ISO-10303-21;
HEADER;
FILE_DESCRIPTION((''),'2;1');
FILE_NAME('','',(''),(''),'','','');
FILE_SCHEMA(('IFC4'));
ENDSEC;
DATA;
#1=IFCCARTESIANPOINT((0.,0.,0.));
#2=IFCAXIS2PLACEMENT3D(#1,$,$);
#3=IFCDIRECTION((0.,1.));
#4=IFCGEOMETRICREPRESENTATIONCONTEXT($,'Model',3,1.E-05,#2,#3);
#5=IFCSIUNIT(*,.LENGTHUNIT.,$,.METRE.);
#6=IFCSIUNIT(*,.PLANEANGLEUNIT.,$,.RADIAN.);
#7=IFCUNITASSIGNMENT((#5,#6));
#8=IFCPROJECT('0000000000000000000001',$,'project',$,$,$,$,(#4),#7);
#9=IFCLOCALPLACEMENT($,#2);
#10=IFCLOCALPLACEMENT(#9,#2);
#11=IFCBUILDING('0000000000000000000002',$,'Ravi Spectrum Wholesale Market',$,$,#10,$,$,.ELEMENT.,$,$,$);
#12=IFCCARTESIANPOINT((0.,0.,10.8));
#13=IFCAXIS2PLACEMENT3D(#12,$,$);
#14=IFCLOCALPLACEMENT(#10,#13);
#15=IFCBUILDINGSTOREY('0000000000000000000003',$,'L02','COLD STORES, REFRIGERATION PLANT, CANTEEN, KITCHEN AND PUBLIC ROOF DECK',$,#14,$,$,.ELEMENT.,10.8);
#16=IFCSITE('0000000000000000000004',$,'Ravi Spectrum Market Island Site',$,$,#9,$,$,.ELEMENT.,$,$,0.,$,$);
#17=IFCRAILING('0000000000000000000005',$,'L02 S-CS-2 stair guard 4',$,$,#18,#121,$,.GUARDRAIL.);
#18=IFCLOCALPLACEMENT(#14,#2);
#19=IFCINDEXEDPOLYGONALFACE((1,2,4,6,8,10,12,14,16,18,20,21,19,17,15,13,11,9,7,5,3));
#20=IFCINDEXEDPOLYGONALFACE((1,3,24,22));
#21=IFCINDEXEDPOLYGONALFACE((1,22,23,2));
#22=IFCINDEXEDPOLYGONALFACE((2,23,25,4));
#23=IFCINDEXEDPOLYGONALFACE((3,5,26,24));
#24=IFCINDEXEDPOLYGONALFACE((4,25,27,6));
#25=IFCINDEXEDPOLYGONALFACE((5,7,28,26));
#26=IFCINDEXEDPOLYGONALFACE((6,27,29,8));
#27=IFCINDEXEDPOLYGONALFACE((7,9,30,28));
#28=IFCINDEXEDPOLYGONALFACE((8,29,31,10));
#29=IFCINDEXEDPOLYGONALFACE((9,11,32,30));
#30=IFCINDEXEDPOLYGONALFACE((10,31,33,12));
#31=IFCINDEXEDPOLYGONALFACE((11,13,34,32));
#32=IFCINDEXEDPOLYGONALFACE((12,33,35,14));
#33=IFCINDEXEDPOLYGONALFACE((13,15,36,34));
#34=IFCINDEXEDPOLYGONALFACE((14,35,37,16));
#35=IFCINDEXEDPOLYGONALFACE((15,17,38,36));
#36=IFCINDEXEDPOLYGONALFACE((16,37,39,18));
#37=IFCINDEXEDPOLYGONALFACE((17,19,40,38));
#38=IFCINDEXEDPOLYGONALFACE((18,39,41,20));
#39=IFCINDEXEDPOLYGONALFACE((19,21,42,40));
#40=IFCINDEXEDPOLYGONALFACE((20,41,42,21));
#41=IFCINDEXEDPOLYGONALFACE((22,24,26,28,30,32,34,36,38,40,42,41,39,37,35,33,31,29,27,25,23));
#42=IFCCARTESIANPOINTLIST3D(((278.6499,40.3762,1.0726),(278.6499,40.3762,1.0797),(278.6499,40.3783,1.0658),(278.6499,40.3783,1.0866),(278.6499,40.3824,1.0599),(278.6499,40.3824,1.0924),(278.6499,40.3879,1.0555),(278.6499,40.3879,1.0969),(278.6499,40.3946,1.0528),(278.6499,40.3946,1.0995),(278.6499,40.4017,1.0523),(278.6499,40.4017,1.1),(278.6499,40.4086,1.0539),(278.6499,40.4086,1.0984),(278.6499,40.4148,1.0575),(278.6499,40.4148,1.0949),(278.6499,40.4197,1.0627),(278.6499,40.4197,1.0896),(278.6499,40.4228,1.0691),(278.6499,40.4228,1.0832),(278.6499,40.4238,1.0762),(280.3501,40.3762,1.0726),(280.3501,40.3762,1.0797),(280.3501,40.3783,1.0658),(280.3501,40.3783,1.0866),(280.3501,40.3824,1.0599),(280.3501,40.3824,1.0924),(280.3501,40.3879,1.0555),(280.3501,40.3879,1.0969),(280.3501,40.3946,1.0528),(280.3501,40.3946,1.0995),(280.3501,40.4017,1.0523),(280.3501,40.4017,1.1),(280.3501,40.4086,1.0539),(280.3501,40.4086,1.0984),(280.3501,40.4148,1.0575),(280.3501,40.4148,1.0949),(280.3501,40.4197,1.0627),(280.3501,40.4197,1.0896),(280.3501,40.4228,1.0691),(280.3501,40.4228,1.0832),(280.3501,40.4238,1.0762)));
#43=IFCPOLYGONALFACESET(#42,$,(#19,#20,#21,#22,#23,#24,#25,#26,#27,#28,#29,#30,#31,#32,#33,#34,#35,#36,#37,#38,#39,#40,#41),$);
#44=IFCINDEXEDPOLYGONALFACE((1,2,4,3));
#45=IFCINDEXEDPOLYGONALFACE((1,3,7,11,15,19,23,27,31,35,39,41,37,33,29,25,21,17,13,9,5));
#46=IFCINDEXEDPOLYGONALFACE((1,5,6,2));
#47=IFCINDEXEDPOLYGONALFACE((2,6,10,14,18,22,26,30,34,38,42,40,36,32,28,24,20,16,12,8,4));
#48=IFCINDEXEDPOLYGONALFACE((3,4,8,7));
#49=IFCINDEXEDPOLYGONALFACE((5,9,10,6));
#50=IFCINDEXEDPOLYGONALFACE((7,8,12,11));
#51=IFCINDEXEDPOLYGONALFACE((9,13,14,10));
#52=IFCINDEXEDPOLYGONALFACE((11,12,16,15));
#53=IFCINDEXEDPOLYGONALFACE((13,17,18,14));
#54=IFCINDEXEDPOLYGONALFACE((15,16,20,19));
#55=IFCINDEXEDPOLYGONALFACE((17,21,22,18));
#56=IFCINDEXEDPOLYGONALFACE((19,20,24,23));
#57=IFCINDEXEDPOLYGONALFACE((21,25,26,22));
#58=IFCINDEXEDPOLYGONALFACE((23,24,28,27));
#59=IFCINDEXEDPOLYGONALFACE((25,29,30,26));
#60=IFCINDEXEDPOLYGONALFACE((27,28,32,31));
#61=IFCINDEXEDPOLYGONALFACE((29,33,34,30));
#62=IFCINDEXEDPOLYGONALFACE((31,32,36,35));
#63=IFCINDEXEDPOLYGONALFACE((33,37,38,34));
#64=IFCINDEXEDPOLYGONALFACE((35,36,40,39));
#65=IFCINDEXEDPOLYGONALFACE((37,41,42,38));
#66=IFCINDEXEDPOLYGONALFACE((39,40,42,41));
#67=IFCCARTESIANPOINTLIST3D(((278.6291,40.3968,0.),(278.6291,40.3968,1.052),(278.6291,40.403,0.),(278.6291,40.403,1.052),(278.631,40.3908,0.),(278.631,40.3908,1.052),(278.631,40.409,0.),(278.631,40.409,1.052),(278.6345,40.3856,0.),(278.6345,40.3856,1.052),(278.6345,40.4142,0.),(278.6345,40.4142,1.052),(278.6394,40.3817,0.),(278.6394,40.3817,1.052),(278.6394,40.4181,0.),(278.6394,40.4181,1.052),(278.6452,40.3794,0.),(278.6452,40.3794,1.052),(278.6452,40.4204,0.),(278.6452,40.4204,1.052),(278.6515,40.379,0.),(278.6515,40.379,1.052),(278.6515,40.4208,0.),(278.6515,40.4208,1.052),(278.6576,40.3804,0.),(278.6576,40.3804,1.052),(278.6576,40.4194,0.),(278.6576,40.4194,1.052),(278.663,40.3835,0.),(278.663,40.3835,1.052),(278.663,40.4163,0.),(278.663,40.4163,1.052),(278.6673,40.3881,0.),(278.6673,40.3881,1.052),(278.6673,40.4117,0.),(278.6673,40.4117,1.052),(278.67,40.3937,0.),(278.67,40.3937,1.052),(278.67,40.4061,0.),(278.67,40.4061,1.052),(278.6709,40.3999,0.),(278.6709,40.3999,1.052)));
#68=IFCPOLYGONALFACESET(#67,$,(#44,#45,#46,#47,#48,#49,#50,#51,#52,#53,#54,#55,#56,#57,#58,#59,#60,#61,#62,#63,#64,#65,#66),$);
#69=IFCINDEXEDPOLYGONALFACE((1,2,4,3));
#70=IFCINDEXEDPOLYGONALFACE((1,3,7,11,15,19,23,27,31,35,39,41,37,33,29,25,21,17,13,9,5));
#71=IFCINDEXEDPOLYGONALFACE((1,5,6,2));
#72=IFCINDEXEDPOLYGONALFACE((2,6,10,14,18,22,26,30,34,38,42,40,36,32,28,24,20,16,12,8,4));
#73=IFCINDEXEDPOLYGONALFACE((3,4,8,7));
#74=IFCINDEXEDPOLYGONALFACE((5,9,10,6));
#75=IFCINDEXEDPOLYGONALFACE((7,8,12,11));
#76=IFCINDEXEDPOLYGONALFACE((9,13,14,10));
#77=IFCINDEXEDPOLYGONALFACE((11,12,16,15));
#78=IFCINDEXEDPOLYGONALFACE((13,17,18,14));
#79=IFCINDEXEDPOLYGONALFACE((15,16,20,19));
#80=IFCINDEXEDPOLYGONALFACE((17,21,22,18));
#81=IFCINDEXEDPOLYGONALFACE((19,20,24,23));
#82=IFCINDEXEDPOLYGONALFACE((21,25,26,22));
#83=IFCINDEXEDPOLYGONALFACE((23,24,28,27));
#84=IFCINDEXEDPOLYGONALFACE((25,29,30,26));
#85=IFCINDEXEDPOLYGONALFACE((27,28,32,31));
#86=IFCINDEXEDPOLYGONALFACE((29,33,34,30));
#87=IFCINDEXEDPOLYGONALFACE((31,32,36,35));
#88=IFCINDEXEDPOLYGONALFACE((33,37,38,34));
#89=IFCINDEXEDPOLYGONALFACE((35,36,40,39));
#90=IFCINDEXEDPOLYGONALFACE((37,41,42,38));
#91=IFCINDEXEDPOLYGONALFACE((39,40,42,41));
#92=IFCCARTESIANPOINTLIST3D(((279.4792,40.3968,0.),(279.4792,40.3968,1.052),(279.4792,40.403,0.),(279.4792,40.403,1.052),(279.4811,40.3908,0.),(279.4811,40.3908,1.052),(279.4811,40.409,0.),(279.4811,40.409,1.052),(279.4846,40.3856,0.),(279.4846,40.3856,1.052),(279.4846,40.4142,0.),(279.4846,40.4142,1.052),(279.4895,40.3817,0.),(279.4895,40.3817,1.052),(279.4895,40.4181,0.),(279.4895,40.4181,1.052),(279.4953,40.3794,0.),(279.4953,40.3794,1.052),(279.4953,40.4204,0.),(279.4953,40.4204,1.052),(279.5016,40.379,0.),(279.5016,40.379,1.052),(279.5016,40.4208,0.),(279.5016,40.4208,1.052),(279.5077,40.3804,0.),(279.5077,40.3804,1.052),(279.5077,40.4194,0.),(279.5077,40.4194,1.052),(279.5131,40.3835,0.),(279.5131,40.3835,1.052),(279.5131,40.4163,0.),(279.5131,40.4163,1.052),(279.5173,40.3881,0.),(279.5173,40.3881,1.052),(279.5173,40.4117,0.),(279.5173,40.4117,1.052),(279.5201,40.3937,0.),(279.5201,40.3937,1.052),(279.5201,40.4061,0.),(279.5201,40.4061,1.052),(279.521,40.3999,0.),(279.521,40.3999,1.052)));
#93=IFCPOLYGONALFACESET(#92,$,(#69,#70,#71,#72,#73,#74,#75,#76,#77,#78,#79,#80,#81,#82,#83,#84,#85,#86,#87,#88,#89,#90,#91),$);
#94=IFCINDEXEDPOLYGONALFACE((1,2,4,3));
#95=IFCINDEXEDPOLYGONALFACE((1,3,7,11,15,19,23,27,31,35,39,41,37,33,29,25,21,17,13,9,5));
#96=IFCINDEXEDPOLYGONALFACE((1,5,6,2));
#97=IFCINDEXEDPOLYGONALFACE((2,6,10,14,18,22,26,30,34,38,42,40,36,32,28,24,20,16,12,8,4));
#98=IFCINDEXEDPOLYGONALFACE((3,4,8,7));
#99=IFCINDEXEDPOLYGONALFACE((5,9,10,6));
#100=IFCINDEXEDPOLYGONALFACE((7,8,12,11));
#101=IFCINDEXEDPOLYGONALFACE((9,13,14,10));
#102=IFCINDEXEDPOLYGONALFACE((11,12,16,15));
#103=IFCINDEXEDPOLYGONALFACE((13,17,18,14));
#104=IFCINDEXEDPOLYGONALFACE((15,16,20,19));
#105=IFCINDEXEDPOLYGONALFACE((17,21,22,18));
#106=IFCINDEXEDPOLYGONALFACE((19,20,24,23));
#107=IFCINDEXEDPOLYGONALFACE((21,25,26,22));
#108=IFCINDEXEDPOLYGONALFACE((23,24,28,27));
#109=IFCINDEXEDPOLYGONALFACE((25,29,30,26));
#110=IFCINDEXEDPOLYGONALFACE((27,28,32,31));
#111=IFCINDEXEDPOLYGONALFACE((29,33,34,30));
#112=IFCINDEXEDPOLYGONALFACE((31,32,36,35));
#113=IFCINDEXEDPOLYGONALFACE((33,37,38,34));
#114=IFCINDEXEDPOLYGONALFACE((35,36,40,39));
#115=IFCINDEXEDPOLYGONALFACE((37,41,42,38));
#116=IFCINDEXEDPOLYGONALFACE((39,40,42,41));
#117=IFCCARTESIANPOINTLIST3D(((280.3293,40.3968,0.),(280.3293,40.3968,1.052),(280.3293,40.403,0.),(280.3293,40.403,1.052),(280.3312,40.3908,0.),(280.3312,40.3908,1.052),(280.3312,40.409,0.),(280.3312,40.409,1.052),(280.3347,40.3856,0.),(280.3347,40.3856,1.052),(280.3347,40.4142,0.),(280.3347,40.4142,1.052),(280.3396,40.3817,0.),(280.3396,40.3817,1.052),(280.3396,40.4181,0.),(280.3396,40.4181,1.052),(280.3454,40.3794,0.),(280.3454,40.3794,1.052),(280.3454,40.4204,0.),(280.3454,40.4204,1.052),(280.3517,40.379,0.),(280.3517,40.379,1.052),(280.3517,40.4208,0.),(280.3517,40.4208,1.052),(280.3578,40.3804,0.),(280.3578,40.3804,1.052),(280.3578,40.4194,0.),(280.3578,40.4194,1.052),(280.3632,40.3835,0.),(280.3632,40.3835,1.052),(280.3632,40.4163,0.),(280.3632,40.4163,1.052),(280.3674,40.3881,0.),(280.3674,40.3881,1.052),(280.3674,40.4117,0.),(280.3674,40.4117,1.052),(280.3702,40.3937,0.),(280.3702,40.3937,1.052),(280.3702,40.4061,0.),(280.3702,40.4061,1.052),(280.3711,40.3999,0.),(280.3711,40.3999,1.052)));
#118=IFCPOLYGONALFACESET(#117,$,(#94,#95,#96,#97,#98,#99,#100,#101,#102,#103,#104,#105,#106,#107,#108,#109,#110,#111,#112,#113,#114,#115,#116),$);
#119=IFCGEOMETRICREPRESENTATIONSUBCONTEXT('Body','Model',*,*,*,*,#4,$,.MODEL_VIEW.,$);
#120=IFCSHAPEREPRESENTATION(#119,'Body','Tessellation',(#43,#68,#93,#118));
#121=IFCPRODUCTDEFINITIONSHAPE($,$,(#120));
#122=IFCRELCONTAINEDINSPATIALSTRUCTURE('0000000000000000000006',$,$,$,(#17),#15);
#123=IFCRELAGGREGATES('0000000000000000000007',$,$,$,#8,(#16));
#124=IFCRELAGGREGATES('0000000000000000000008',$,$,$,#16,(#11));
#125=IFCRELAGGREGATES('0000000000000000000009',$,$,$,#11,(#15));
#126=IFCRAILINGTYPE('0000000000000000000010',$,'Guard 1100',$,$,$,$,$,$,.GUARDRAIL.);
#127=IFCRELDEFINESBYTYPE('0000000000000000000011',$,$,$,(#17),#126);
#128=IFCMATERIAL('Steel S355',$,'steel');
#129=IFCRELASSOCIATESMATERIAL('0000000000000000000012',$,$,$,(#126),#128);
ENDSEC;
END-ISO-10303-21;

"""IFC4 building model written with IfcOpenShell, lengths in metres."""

from ifc_helpers import new_model, si_unit, direction, frame, origin, origin_2d, place, context, subcontext, project, spatial, circle, extrude, material, type_object, element, save


model = new_model("IFC4")

# Units and contexts
model_context = context("Model", 3, precision=1e-05, world=origin(), true_north=direction((0.0, 1.0)))
body_context = subcontext(model_context, "Body", "Model", "MODEL_VIEW")
ifc_project = project(units=[si_unit("LENGTHUNIT", "METRE"), si_unit("PLANEANGLEUNIT", "RADIAN")], contexts=[model_context])

# Site, building, storey
site_placement = place(None, origin())
site = spatial("IfcSite", under=ifc_project, at=site_placement, Name="Ravi Spectrum Market Island Site", CompositionType="ELEMENT", RefElevation=0.0)
building_placement = place(site_placement, origin())
building = spatial("IfcBuilding", under=site, at=building_placement, Name="Ravi Spectrum Wholesale Market", CompositionType="ELEMENT")
storey_placement = place(building_placement, frame((0.0, 0.0, 10.8)))
storey = spatial("IfcBuildingStorey", under=building, at=storey_placement, Name="L02", Description="COLD STORES, REFRIGERATION PLANT, CANTEEN, KITCHEN AND PUBLIC ROOF DECK", CompositionType="ELEMENT", Elevation=10.8)

# Railing
ifc_material_1 = material(Name="Steel S355", Category="steel")
railing_type_1 = type_object("IfcRailingType", Name="Guard 1100", PredefinedType="GUARDRAIL", material=ifc_material_1)
railing_1_placement = place(storey_placement, frame((278.6499, 40.3999, 0.0)))
element("IfcRailing", 1, at=railing_1_placement, inside=storey, type_object=railing_type_1, Name="L02 S-CS-2 stair guard 4", PredefinedType="GUARDRAIL", context=body_context, shape_type="SweptSolid", body=[
    extrude(circle(Radius=0.0239, at=origin_2d()), frame((0.0, 0.0, 1.0762), z_axis=(1.0, 0.0, 0.0), x_axis=(0.0, 1.0, 0.0)), (0.0, 0.0, 1.0), 1.7002),
    extrude(circle(Radius=0.021, at=origin_2d()), origin(), (0.0, 0.0, 1.0), 1.052),
    extrude(circle(Radius=0.021, at=origin_2d()), frame((0.8501, 0.0, 0.0)), (0.0, 0.0, 1.0), 1.052),
    extrude(circle(Radius=0.021, at=origin_2d()), frame((1.7002, 0.0, 0.0)), (0.0, 0.0, 1.0), 1.052),
])

save(model, "model.ifc")
